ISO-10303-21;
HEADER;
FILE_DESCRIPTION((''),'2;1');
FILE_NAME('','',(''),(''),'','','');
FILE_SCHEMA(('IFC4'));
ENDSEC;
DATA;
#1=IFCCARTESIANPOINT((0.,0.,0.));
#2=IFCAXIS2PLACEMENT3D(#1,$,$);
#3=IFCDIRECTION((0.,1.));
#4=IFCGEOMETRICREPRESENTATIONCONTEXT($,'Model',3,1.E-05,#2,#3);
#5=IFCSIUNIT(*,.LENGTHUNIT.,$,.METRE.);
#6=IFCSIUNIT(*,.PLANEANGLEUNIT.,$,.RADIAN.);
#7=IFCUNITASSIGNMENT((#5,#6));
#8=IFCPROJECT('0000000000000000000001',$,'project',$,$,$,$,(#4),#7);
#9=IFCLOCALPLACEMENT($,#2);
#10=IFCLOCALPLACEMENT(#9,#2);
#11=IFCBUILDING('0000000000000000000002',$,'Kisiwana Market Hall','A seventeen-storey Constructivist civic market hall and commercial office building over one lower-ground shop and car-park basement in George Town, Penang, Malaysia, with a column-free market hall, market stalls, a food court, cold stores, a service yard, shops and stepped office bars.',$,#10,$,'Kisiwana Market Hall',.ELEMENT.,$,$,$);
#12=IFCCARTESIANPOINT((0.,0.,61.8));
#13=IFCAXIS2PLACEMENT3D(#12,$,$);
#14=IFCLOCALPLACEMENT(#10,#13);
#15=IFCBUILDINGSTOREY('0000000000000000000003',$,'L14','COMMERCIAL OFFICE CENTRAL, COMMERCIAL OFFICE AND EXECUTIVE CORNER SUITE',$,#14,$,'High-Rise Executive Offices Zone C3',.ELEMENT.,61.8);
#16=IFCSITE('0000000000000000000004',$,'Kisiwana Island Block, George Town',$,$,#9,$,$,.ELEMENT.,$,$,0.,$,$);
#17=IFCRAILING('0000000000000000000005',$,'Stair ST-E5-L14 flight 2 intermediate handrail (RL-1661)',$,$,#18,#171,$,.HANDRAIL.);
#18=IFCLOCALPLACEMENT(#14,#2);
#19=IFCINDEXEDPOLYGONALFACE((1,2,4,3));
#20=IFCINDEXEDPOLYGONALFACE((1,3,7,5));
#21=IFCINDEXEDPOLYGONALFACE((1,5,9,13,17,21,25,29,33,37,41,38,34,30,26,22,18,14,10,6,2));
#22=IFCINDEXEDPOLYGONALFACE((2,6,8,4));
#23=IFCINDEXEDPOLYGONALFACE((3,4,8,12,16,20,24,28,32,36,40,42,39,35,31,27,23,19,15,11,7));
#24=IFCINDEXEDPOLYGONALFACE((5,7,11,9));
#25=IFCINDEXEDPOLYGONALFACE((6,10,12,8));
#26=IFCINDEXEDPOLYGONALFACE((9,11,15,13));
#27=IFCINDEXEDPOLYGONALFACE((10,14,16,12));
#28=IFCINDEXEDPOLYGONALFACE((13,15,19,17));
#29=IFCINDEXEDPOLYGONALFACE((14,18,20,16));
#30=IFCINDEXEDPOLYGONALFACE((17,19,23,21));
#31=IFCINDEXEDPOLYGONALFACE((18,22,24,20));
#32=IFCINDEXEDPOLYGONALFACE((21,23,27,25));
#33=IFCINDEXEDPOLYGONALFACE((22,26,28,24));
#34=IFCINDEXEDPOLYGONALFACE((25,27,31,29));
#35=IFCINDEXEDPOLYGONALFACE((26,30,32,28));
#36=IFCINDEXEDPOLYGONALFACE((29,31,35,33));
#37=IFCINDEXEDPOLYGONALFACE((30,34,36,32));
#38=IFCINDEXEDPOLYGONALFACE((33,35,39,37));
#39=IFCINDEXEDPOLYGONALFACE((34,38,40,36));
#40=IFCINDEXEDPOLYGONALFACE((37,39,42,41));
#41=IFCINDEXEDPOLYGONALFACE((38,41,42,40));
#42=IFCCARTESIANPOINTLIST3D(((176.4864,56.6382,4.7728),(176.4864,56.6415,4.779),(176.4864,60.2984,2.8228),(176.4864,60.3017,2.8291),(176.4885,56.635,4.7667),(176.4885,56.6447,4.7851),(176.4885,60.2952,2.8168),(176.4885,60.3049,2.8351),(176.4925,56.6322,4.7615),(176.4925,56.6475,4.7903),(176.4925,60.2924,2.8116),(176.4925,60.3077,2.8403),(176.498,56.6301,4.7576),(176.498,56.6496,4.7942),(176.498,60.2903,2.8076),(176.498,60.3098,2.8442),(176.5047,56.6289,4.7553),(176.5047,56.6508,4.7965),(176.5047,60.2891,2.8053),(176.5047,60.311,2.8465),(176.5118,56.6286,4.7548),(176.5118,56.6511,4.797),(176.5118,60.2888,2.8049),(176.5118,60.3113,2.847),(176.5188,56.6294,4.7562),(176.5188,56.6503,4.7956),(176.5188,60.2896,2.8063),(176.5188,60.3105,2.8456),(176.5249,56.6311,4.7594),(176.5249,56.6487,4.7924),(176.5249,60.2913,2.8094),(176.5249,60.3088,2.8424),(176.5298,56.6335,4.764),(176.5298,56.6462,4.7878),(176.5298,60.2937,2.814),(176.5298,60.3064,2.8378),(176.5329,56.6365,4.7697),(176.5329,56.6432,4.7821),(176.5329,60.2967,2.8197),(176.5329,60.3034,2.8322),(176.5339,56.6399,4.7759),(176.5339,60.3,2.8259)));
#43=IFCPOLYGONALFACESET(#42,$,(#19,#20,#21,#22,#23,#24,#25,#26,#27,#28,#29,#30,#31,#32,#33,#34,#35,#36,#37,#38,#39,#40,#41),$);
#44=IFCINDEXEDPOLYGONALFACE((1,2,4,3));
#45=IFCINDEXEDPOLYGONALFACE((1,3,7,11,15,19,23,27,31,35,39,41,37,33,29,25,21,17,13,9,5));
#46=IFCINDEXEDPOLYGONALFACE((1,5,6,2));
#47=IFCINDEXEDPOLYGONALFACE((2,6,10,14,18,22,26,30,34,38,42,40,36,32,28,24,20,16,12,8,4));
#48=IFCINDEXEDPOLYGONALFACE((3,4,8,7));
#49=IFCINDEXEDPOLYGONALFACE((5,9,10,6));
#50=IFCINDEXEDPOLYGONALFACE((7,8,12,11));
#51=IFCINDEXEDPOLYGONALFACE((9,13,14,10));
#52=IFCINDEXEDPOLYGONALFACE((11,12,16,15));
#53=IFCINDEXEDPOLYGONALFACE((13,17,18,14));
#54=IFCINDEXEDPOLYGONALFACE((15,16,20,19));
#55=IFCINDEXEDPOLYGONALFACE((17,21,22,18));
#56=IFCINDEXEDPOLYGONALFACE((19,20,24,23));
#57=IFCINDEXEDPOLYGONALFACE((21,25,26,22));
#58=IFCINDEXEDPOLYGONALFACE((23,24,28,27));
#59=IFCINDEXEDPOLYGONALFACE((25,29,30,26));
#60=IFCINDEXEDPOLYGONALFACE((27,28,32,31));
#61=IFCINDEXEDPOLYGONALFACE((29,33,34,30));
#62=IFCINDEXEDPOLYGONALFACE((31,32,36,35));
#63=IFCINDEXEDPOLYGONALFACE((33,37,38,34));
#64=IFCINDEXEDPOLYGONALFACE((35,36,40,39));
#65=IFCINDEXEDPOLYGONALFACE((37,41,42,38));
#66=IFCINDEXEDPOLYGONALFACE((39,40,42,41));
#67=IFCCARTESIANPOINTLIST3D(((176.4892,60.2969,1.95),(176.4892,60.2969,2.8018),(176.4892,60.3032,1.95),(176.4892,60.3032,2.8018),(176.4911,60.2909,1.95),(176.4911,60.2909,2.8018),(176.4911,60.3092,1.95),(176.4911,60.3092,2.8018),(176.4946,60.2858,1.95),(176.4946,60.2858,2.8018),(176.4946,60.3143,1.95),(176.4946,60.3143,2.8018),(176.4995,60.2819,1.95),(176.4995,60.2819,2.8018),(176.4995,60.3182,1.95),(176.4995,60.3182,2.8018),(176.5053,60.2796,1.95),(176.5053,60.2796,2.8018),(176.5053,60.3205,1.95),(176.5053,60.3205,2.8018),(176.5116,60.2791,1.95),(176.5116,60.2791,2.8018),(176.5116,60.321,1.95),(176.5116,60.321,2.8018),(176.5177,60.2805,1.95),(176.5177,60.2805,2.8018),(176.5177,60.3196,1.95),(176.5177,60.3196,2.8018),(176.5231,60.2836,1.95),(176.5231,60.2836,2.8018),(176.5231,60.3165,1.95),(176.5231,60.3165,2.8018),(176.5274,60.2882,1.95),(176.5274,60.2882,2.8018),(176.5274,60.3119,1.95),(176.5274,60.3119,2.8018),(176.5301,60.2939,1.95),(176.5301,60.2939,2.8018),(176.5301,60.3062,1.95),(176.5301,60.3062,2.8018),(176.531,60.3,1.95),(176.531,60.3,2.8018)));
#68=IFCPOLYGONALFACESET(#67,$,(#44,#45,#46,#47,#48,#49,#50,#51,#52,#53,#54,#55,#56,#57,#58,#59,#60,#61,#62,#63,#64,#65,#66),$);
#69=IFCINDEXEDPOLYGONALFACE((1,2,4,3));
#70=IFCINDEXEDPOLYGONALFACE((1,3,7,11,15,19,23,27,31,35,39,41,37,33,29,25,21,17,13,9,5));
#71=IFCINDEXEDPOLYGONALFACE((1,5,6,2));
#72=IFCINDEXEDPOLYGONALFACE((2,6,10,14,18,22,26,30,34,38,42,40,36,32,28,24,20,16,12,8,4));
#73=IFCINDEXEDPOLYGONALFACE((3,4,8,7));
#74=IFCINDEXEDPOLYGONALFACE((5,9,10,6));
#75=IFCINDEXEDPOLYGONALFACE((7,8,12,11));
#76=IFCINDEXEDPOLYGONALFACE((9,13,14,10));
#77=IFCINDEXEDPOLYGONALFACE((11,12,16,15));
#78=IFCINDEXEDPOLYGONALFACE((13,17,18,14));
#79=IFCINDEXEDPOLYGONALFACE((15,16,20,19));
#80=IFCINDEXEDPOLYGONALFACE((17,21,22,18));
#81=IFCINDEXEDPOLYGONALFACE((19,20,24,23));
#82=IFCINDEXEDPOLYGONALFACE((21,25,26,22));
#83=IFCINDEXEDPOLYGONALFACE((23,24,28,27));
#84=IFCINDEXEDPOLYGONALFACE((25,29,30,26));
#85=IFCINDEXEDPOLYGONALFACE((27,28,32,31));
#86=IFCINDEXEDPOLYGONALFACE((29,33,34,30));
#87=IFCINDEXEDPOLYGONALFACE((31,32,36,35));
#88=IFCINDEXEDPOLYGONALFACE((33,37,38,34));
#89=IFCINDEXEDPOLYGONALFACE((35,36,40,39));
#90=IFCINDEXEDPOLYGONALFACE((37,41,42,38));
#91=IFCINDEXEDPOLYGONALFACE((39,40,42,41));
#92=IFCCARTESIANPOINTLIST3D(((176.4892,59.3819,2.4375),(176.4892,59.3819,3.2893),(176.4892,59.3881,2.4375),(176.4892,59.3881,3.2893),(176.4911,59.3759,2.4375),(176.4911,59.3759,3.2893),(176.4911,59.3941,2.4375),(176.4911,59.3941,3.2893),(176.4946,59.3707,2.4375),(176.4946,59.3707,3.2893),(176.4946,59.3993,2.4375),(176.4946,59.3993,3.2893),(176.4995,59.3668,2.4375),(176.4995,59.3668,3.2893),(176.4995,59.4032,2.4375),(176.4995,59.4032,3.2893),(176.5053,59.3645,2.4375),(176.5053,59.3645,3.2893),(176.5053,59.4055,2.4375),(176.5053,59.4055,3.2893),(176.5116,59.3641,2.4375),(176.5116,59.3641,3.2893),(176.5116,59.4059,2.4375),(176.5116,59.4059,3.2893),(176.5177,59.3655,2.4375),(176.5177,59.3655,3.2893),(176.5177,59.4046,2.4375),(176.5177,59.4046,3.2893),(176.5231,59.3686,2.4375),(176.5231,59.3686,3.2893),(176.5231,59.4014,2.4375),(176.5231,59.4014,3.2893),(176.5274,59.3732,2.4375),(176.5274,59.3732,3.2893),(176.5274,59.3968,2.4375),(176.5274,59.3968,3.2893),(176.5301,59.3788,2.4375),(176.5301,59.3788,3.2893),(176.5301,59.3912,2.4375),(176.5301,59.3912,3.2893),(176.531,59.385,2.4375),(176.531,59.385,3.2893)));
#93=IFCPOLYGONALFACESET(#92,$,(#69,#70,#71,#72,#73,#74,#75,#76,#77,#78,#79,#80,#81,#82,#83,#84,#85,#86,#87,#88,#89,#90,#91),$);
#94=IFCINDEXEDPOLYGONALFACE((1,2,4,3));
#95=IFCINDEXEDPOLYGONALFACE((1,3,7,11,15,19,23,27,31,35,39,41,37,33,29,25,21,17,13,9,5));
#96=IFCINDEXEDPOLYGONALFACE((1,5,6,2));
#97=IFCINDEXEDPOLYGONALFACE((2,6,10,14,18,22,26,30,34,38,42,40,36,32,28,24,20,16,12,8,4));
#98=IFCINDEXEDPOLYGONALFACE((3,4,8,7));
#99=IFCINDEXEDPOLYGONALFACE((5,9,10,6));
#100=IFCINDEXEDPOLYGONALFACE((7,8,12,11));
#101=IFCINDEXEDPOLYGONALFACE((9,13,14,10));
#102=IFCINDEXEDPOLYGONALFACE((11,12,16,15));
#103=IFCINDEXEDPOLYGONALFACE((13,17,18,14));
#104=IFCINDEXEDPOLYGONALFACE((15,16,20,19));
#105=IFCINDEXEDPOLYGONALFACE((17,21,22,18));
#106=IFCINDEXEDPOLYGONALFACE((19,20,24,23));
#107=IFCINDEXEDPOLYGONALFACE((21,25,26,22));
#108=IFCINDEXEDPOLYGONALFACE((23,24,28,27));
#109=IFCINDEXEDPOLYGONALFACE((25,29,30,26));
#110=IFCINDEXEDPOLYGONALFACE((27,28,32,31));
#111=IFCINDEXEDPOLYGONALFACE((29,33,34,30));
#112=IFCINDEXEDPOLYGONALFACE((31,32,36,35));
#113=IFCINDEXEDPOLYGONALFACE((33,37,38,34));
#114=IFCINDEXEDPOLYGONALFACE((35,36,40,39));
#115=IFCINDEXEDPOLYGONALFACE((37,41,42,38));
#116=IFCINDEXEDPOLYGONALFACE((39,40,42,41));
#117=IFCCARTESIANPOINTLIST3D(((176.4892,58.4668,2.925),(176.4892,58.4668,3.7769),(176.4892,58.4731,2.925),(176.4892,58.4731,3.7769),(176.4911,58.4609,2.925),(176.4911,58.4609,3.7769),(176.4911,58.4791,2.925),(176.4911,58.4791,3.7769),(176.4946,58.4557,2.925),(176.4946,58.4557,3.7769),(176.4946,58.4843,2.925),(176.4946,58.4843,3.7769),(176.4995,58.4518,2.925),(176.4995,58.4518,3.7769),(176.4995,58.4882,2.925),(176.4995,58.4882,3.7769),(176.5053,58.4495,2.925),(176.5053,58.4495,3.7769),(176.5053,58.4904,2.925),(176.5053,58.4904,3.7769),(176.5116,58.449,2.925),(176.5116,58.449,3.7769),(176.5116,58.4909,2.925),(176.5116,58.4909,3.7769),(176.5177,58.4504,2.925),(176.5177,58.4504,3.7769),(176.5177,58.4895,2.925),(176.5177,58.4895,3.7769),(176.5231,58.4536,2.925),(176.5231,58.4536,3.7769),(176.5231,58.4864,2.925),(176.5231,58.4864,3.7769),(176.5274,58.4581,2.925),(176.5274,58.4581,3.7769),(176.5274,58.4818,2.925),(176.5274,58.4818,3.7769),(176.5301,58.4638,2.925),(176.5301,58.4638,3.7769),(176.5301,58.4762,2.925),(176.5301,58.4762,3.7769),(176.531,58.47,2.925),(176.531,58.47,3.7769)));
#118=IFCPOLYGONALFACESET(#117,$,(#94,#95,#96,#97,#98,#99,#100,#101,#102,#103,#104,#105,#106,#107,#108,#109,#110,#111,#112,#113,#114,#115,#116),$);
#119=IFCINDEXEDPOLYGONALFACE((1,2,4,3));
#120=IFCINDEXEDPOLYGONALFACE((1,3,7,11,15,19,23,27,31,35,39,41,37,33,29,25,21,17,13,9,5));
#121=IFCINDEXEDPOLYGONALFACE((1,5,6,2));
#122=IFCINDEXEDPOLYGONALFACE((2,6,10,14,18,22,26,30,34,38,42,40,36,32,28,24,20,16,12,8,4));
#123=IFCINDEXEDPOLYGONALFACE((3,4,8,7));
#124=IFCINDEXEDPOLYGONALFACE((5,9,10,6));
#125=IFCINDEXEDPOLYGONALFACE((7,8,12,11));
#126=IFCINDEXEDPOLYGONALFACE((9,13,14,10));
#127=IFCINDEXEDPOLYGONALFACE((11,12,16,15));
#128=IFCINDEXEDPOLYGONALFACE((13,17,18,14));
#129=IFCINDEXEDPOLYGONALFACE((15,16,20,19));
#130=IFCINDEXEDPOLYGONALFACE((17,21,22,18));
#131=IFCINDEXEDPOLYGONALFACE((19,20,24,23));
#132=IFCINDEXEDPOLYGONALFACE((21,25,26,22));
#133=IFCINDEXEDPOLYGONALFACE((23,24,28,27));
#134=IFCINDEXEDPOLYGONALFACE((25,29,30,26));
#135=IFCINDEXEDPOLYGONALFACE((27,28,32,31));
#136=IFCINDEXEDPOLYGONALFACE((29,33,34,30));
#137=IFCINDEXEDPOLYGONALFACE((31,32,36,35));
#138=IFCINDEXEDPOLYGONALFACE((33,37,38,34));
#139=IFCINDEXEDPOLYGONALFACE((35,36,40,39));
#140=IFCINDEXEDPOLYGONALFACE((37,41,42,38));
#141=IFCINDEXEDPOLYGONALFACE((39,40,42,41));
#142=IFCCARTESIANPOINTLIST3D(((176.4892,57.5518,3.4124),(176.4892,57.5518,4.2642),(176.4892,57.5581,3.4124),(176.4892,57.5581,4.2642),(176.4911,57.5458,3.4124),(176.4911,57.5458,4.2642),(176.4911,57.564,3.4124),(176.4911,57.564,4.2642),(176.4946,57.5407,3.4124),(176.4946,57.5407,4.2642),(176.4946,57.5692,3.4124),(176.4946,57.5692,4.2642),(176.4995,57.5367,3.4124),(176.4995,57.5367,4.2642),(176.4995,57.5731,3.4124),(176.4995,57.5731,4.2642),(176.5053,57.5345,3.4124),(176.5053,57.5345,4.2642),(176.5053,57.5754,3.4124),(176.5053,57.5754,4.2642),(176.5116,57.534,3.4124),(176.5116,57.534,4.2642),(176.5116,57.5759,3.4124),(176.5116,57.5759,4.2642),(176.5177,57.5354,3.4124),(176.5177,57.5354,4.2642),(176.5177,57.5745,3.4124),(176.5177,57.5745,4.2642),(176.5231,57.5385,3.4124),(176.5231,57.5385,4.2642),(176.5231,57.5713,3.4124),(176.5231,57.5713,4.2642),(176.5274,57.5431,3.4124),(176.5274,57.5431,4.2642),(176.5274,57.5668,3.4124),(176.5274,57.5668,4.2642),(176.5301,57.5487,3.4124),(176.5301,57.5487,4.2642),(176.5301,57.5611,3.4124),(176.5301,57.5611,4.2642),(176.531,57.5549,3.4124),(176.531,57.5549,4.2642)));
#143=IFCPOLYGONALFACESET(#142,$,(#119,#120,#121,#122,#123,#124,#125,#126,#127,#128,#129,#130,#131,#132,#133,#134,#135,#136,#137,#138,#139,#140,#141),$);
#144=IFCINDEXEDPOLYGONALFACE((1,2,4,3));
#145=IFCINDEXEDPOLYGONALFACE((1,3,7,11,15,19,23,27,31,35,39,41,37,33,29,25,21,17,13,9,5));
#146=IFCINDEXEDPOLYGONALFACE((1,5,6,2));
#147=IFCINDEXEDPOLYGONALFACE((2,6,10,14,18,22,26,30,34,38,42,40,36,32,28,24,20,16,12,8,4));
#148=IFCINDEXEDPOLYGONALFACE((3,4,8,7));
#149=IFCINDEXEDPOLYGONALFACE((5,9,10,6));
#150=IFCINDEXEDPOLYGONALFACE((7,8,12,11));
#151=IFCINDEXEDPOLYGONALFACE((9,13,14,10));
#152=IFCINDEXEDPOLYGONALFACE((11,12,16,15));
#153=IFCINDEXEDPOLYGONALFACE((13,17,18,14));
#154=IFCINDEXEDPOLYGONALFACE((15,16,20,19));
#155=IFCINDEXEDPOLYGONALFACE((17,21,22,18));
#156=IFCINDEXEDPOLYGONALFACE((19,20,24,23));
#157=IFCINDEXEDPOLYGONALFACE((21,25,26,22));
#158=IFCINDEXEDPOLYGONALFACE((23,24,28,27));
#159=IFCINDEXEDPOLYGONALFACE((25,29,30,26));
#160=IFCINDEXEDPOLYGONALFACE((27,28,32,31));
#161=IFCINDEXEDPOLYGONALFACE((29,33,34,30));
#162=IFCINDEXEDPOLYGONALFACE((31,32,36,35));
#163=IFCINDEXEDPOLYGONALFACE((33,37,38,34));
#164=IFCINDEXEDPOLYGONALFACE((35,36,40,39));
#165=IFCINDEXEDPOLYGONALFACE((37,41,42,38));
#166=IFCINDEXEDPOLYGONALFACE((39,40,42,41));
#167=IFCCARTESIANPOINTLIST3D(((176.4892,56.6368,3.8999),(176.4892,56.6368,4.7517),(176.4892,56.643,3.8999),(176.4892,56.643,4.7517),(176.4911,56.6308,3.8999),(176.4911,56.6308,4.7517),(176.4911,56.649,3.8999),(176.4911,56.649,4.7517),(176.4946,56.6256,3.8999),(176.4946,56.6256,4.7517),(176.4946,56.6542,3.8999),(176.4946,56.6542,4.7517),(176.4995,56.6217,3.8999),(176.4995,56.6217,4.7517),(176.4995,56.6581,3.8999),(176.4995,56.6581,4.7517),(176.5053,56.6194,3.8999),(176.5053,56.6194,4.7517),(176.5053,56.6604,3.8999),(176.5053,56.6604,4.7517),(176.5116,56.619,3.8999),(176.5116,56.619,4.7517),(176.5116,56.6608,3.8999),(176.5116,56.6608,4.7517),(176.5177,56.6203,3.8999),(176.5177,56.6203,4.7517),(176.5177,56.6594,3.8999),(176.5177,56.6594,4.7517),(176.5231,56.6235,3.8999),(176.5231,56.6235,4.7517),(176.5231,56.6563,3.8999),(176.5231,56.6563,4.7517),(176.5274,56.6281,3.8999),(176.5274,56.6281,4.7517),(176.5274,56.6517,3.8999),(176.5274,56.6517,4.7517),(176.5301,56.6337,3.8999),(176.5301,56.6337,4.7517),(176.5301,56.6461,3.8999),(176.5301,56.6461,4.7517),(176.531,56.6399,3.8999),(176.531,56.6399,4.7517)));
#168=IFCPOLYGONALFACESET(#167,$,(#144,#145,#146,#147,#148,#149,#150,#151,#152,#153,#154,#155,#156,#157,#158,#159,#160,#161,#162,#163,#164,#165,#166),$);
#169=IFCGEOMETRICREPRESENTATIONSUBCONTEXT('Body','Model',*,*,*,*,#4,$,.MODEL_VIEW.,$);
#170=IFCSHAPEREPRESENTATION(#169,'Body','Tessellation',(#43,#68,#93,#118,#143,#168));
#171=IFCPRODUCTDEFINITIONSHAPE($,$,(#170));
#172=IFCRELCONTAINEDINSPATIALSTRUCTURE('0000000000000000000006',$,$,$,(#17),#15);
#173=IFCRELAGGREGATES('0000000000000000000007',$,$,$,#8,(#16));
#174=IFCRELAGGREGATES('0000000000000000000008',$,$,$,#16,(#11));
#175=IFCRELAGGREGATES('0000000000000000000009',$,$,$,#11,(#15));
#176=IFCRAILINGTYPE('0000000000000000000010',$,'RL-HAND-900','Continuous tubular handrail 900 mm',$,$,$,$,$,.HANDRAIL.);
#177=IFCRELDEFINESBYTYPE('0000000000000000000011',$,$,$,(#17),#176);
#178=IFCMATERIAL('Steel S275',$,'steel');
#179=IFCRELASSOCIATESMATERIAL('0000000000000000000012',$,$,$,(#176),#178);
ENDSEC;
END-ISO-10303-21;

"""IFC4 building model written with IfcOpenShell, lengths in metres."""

from ifc_helpers import new_model, si_unit, direction, frame, origin, origin_2d, place, context, subcontext, project, spatial, circle, extrude, material, type_object, element, save


model = new_model("IFC4")

# Units and contexts
model_context = context("Model", 3, precision=1e-05, world=origin(), true_north=direction((0.0, 1.0)))
body_context = subcontext(model_context, "Body", "Model", "MODEL_VIEW")
ifc_project = project(units=[si_unit("LENGTHUNIT", "METRE"), si_unit("PLANEANGLEUNIT", "RADIAN")], contexts=[model_context])

# Site, building, storey
site_placement = place(None, origin())
site = spatial("IfcSite", under=ifc_project, at=site_placement, Name="Kisiwana Island Block, George Town", CompositionType="ELEMENT", RefElevation=0.0)
building_placement = place(site_placement, origin())
building = spatial("IfcBuilding", under=site, at=building_placement, Name="Kisiwana Market Hall", Description="A seventeen-storey Constructivist civic market hall and commercial office building over one lower-ground shop and car-park basement in George Town, Penang, Malaysia, with a column-free market hall, market stalls, a food court, cold stores, a service yard, shops and stepped office bars.", LongName="Kisiwana Market Hall", CompositionType="ELEMENT")
storey_placement = place(building_placement, frame((0.0, 0.0, 61.8)))
storey = spatial("IfcBuildingStorey", under=building, at=storey_placement, Name="L14", Description="COMMERCIAL OFFICE CENTRAL, COMMERCIAL OFFICE AND EXECUTIVE CORNER SUITE", LongName="High-Rise Executive Offices Zone C3", CompositionType="ELEMENT", Elevation=61.8)

# Railing
ifc_material_1 = material(Name="Steel S275", Category="steel")
railing_type_1 = type_object("IfcRailingType", Name="RL-HAND-900", Description="Continuous tubular handrail 900 mm", PredefinedType="HANDRAIL", material=ifc_material_1)
railing_1_placement = place(storey_placement, frame((176.51, 60.3, 1.95)))
element("IfcRailing", 1, at=railing_1_placement, inside=storey, type_object=railing_type_1, Name="Stair ST-E5-L14 flight 2 intermediate handrail (RL-1661)", PredefinedType="HANDRAIL", context=body_context, shape_type="SweptSolid", body=[
    extrude(circle(Radius=0.0239, at=origin_2d()), frame((0.0, 0.0, 0.876), z_axis=(0.0, -0.882566, 0.470188), x_axis=(1.0, 0.0, 0.0)), (0.0, 0.0, 1.0), 4.1472),
    extrude(circle(Radius=0.021, at=origin_2d()), origin(), (0.0, 0.0, 1.0), 0.8518),
    extrude(circle(Radius=0.021, at=origin_2d()), frame((0.0, -0.915, 0.4875)), (0.0, 0.0, 1.0), 0.8518),
    extrude(circle(Radius=0.021, at=origin_2d()), frame((0.0, -1.8301, 0.9751)), (0.0, 0.0, 1.0), 0.8518),
    extrude(circle(Radius=0.021, at=origin_2d()), frame((0.0, -2.7451, 1.4624)), (0.0, 0.0, 1.0), 0.8518),
    extrude(circle(Radius=0.021, at=origin_2d()), frame((0.0, -3.6602, 1.95)), (0.0, 0.0, 1.0), 0.8518),
])

save(model, "model.ifc")
